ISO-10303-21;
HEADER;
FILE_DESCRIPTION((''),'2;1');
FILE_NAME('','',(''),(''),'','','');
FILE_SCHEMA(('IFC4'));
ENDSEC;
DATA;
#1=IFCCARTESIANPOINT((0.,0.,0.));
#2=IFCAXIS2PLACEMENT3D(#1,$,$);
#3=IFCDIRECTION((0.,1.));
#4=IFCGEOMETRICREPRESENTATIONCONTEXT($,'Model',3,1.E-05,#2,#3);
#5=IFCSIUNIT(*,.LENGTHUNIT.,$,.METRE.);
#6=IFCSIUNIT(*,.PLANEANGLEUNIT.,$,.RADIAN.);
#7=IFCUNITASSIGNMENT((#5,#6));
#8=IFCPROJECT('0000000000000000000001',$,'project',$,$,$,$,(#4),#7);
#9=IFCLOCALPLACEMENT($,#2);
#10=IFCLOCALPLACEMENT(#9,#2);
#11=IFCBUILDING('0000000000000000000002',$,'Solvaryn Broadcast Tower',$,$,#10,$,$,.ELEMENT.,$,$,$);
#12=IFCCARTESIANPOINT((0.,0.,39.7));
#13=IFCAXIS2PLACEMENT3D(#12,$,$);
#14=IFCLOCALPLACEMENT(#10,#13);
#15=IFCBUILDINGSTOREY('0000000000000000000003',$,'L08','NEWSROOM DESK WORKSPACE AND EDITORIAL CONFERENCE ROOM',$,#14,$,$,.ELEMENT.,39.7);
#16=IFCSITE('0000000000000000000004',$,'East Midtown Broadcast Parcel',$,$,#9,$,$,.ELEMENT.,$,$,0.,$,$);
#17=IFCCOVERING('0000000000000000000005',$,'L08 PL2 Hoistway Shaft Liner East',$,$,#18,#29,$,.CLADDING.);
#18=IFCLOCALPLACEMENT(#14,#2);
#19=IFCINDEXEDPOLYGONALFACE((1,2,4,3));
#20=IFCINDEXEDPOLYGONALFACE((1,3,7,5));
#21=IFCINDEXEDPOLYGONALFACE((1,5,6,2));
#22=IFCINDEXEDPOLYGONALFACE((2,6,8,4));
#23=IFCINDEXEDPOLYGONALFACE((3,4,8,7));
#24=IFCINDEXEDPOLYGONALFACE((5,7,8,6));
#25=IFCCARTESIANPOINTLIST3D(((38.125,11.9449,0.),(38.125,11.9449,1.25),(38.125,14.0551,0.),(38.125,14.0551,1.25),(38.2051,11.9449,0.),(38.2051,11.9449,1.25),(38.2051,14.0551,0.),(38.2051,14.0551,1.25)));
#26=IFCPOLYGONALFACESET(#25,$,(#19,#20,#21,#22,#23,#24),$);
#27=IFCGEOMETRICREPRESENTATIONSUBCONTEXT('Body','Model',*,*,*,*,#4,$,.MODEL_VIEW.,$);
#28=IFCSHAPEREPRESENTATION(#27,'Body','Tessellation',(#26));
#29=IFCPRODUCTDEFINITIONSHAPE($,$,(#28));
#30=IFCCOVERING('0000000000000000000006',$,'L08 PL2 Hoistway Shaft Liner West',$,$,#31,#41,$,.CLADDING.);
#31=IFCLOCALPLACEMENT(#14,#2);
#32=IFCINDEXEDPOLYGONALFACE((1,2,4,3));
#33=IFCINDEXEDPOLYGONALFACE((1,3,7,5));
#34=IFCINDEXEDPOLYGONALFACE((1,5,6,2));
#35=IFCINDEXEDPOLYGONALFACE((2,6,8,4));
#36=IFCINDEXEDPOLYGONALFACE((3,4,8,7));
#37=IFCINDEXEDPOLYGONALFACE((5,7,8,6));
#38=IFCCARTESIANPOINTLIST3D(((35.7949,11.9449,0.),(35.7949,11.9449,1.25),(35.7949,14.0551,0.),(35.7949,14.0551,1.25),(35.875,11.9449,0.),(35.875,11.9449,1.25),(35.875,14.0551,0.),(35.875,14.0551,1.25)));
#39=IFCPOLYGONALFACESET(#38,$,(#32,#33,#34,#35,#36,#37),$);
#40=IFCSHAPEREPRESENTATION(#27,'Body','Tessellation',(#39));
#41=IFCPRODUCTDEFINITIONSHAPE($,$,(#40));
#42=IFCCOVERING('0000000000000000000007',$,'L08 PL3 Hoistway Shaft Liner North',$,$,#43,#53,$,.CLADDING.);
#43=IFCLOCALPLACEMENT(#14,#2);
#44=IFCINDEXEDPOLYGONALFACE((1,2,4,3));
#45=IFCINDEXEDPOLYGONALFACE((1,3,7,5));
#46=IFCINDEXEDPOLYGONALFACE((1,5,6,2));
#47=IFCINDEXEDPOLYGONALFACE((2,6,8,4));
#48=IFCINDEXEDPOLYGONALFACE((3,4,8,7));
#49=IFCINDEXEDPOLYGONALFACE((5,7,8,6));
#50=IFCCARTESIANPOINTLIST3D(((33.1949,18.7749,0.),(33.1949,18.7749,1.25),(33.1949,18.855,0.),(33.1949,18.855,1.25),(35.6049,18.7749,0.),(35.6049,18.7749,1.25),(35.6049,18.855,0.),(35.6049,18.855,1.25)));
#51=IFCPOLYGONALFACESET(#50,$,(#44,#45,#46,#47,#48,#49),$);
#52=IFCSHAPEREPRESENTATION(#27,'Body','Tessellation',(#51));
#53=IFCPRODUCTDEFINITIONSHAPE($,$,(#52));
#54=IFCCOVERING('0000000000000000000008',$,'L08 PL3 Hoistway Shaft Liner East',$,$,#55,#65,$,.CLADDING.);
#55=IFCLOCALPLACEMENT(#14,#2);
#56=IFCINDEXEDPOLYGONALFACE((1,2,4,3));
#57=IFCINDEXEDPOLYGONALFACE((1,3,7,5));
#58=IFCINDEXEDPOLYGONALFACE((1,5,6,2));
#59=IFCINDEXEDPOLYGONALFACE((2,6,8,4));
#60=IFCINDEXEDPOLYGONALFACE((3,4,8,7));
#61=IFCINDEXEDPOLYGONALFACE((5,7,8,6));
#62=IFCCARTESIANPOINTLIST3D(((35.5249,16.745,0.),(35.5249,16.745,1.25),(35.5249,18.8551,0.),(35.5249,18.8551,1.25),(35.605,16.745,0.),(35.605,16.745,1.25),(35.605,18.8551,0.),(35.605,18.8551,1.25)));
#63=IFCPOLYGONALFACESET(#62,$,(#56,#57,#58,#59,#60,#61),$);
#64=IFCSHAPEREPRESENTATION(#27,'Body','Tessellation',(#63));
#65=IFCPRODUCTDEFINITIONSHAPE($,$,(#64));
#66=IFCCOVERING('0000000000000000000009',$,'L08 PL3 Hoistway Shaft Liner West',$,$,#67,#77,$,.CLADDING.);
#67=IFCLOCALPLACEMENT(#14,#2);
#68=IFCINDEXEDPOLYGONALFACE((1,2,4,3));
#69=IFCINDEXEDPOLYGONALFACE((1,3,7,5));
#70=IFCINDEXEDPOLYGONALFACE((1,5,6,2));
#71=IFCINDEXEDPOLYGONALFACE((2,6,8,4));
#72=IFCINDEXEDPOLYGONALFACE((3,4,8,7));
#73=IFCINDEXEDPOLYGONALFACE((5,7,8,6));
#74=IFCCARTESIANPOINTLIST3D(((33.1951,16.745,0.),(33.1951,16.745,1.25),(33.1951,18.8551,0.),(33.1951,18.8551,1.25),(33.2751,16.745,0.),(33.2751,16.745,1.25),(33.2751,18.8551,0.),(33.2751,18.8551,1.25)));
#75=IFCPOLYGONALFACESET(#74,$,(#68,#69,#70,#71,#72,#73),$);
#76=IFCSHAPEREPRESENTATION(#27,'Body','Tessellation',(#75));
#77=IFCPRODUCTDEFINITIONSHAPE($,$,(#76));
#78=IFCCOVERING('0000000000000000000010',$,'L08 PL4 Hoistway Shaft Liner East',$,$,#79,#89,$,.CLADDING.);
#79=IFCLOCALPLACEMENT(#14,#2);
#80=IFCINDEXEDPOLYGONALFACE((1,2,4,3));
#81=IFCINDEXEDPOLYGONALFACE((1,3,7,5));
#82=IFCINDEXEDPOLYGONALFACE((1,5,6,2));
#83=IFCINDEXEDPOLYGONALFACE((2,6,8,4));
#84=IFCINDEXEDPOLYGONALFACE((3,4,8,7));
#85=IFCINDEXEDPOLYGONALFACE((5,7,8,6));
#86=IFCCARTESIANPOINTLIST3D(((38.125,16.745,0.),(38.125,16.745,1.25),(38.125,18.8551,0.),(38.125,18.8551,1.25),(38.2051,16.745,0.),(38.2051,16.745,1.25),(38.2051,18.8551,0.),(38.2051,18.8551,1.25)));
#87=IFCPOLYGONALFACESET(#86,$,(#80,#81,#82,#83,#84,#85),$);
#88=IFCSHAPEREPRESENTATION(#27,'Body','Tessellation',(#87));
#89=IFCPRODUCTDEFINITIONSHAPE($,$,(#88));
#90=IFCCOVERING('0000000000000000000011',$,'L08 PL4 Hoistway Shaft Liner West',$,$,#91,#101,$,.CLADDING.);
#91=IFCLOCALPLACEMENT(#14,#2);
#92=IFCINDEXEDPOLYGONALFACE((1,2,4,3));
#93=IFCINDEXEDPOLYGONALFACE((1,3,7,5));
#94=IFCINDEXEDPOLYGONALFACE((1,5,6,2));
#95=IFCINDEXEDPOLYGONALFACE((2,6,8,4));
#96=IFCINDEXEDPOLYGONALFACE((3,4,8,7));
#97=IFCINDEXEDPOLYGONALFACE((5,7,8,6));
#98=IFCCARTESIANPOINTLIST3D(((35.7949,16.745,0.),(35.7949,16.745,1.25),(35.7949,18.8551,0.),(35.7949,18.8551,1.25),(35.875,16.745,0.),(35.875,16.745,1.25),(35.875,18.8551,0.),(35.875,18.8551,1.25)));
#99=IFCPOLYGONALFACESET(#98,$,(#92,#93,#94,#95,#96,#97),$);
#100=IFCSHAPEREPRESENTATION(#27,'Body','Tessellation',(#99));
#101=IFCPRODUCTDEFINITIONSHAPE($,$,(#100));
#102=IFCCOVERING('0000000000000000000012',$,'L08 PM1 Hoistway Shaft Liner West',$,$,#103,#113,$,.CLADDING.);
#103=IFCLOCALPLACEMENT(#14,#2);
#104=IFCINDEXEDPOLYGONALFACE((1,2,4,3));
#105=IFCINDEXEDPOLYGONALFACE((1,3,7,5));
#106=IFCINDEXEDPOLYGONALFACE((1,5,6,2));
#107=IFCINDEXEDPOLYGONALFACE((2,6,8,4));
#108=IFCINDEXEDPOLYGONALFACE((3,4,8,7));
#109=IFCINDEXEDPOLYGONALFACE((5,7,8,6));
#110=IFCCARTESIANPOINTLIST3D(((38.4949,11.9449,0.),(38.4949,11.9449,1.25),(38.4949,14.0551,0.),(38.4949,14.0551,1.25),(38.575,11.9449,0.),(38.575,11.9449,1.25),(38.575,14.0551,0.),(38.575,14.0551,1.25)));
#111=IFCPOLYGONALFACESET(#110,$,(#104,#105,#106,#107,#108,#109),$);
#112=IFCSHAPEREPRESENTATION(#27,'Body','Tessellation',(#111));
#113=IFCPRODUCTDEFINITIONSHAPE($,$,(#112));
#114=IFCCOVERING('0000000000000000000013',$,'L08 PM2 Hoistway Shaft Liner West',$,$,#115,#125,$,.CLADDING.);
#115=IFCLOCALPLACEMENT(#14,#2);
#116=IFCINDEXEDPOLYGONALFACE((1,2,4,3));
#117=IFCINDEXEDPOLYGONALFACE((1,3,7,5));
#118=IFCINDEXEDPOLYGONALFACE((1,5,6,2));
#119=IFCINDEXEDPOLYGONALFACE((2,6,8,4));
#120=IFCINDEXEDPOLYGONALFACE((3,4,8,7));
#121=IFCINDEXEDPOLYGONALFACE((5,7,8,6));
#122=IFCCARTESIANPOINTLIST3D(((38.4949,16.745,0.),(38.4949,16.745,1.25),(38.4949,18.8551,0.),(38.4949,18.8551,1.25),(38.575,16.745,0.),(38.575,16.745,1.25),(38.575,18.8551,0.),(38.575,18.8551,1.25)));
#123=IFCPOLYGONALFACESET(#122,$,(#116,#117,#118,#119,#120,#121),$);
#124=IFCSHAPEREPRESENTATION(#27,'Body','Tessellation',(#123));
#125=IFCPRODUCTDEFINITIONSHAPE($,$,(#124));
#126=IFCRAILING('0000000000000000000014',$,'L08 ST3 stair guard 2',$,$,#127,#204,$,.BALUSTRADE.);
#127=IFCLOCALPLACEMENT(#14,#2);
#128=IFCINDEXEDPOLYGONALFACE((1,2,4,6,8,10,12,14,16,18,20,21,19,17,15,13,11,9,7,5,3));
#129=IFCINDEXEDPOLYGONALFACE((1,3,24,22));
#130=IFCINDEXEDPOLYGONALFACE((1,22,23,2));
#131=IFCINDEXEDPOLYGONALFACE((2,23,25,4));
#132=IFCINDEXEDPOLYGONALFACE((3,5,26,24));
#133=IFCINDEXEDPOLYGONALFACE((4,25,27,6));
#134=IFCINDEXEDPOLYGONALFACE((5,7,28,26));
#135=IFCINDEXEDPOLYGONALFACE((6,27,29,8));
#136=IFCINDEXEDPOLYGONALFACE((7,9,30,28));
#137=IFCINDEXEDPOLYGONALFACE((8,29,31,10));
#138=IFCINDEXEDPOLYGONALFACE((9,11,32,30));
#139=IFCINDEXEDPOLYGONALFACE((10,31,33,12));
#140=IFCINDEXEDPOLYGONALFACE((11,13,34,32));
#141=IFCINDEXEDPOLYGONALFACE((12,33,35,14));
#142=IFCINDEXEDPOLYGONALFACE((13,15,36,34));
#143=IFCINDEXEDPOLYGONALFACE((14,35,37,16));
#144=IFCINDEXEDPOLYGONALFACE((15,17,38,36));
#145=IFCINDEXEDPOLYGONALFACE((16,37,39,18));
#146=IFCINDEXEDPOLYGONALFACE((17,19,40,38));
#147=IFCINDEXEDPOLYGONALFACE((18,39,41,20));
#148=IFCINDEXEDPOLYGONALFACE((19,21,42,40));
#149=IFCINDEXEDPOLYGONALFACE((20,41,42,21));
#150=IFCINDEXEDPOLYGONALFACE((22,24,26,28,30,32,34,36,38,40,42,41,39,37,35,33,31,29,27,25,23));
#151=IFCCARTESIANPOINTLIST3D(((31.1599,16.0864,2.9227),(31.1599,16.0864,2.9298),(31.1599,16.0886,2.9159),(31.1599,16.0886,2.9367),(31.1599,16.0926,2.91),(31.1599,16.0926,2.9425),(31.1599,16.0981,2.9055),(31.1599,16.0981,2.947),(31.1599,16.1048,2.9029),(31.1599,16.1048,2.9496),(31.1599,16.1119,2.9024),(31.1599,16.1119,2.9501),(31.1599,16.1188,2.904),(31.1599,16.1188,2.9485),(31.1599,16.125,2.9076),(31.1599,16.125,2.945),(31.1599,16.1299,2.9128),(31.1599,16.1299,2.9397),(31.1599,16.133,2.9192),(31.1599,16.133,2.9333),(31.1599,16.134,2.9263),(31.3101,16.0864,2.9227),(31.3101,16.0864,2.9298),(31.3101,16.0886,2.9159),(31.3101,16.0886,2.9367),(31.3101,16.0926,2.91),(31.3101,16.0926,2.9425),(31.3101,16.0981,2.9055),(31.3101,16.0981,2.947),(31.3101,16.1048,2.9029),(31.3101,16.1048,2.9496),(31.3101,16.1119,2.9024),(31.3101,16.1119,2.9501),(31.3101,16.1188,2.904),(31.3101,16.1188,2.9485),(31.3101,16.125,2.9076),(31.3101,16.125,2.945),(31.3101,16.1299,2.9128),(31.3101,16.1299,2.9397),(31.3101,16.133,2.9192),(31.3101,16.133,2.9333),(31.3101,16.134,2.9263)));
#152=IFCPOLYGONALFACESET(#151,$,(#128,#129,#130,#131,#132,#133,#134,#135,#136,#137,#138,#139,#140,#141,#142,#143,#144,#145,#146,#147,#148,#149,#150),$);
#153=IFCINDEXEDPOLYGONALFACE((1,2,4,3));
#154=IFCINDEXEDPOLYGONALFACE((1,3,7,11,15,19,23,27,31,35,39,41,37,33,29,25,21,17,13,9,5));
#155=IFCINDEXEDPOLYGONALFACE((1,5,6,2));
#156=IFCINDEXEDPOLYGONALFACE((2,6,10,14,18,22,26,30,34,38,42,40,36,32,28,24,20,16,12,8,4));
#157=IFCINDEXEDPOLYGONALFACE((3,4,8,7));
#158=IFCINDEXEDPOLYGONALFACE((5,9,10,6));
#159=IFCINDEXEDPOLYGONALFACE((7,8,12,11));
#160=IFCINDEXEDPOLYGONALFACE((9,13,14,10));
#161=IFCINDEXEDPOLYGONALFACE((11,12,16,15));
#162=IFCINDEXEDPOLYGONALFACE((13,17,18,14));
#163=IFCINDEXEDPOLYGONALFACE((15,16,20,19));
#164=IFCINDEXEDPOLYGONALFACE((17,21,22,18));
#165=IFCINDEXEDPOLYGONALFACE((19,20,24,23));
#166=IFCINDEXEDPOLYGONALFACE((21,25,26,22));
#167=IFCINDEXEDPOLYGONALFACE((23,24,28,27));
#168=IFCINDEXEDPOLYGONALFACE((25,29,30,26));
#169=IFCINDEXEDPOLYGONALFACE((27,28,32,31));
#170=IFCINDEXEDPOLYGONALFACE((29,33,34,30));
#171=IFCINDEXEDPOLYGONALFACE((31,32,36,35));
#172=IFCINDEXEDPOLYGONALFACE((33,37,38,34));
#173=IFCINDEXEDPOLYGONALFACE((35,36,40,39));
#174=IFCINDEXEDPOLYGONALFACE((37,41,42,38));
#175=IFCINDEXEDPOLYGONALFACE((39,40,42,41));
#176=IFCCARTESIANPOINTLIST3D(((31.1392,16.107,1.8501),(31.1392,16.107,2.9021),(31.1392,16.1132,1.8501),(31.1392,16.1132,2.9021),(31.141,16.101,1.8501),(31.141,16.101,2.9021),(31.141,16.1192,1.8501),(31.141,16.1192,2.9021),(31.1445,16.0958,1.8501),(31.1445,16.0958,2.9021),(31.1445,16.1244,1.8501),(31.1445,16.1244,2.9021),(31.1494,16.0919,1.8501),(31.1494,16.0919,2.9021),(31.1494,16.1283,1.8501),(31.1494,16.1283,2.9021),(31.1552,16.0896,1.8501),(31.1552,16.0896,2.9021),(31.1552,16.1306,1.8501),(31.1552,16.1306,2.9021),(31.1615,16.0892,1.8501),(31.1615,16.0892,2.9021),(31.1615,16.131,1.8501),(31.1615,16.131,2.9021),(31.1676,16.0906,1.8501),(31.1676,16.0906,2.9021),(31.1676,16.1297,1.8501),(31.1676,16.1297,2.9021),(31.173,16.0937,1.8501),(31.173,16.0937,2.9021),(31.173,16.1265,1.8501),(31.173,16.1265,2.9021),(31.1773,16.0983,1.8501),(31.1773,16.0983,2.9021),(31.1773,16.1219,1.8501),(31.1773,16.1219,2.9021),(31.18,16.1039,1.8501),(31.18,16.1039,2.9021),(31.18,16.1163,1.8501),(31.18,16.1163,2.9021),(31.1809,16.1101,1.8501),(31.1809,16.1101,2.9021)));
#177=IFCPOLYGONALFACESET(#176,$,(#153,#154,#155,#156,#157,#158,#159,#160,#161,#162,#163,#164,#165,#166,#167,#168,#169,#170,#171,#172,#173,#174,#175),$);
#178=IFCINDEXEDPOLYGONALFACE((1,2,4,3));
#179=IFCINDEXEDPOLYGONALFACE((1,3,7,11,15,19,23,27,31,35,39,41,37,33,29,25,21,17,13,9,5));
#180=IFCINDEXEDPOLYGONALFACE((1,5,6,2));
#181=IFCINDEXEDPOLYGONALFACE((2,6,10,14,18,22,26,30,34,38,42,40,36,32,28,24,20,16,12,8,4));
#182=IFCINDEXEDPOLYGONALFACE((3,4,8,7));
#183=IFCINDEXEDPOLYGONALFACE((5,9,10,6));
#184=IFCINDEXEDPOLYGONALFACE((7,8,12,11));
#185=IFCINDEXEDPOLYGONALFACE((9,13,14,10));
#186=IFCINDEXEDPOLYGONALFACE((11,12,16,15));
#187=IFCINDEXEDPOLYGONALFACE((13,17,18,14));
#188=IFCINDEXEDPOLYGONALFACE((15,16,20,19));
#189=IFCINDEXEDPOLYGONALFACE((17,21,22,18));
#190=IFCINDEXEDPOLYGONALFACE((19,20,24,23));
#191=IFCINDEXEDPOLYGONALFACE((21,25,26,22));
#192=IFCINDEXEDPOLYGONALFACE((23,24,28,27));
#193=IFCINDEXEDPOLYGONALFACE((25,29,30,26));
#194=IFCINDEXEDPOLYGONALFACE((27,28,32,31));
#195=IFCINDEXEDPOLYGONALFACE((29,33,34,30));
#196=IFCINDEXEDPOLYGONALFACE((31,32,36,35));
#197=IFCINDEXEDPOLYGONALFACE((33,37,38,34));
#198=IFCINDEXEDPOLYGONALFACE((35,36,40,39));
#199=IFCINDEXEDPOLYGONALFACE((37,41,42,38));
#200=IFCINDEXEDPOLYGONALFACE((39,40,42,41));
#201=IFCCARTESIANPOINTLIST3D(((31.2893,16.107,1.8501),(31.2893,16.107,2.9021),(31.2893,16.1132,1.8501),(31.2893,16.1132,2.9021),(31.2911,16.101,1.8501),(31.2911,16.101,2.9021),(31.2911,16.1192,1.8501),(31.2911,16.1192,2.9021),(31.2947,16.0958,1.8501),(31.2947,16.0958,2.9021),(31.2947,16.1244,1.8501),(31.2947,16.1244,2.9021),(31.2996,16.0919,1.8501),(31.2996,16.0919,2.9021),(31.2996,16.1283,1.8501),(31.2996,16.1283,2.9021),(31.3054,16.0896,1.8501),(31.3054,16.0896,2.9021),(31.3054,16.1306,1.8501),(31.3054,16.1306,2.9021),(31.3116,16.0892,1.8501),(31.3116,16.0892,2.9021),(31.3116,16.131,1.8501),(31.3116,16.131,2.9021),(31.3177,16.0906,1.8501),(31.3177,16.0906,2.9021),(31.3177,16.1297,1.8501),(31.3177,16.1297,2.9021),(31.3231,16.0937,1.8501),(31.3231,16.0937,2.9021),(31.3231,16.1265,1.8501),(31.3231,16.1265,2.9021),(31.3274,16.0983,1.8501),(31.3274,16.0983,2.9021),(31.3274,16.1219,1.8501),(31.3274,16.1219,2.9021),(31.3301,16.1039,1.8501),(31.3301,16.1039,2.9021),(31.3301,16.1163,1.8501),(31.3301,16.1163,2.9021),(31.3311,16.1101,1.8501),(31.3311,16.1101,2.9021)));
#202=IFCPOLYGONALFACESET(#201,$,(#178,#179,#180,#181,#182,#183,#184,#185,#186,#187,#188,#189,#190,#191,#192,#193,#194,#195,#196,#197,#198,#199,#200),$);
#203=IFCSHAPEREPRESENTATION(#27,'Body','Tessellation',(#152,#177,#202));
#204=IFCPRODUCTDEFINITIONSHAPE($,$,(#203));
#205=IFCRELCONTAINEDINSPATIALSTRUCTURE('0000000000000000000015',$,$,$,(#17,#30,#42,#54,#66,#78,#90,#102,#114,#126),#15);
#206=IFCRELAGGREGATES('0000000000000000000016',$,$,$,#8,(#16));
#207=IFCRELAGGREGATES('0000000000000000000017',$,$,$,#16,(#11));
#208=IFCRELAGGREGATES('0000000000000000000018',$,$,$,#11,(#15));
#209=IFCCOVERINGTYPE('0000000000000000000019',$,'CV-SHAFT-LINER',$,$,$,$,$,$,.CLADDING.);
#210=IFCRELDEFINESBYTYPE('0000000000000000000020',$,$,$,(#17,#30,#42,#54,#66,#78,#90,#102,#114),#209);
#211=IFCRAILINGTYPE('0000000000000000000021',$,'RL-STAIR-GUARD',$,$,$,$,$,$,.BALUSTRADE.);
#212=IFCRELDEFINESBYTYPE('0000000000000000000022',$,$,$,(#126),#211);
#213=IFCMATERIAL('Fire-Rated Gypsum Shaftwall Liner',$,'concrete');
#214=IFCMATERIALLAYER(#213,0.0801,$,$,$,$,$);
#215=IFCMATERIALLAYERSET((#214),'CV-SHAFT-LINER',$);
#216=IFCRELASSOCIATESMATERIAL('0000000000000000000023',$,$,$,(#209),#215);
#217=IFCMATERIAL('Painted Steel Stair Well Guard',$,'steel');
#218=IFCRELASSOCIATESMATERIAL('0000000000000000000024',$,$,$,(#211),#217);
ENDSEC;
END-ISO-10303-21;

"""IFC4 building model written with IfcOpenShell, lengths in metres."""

from ifc_helpers import new_model, si_unit, direction, frame, origin, origin_2d, place, context, subcontext, project, spatial, rectangle, circle, extrude, material, layer, layer_set, type_object, element, save


model = new_model("IFC4")

# Units and contexts
model_context = context("Model", 3, precision=1e-05, world=origin(), true_north=direction((0.0, 1.0)))
body_context = subcontext(model_context, "Body", "Model", "MODEL_VIEW")
ifc_project = project(units=[si_unit("LENGTHUNIT", "METRE"), si_unit("PLANEANGLEUNIT", "RADIAN")], contexts=[model_context])

# Site, building, storey
site_placement = place(None, origin())
site = spatial("IfcSite", under=ifc_project, at=site_placement, Name="East Midtown Broadcast Parcel", CompositionType="ELEMENT", RefElevation=0.0)
building_placement = place(site_placement, origin())
building = spatial("IfcBuilding", under=site, at=building_placement, Name="Solvaryn Broadcast Tower", CompositionType="ELEMENT")
storey_placement = place(building_placement, frame((0.0, 0.0, 39.7)))
storey = spatial("IfcBuildingStorey", under=building, at=storey_placement, Name="L08", Description="NEWSROOM DESK WORKSPACE AND EDITORIAL CONFERENCE ROOM", CompositionType="ELEMENT", Elevation=39.7)

# Coverings
ifc_material_1 = material(Name="Fire-Rated Gypsum Shaftwall Liner", Category="concrete")
ifc_layer_1 = layer(ifc_material_1, 0.0801)
ifc_layer_set_1 = layer_set([ifc_layer_1], Name="CV-SHAFT-LINER")
covering_type = type_object("IfcCoveringType", Name="CV-SHAFT-LINER", PredefinedType="CLADDING", material=ifc_layer_set_1)
for number, where, z_axis, x_axis, name in (
    (1, (38.165, 13.0, 0.0), (0.0, 0.0, 1.0), (1.0, 0.0, 0.0), "L08 PL2 Hoistway Shaft Liner East"),
    (2, (35.835, 13.0, 0.0), (0.0, 0.0, 1.0), (1.0, 0.0, 0.0), "L08 PL2 Hoistway Shaft Liner West"),
):
    element("IfcCovering", number, at=place(storey_placement, frame(where, z_axis=z_axis, x_axis=x_axis)), inside=storey, type_object=covering_type, Name=name, PredefinedType="CLADDING", context=body_context, shape_type="SweptSolid", body=[
        extrude(rectangle(XDim=0.0801, YDim=2.1101, at=origin_2d()), origin(), (0.0, 0.0, 1.0), 1.25),
    ])
covering_1_placement = place(storey_placement, frame((34.3999, 18.8149, 0.0), z_axis=(0.0, 0.0, 1.0), x_axis=(1.0, 0.0, 0.0)))
element("IfcCovering", 3, at=covering_1_placement, inside=storey, type_object=covering_type, Name="L08 PL3 Hoistway Shaft Liner North", PredefinedType="CLADDING", context=body_context, shape_type="SweptSolid", body=[
    extrude(rectangle(XDim=2.4099, YDim=0.0801, at=origin_2d()), origin(), (0.0, 0.0, 1.0), 1.25),
])
for number, where, z_axis, x_axis, name in (
    (4, (35.5649, 17.8, 0.0), (0.0, 0.0, 1.0), (1.0, 0.0, 0.0), "L08 PL3 Hoistway Shaft Liner East"),
    (5, (33.2351, 17.8, 0.0), (0.0, 0.0, 1.0), (1.0, 0.0, 0.0), "L08 PL3 Hoistway Shaft Liner West"),
    (6, (38.165, 17.8, 0.0), (0.0, 0.0, 1.0), (1.0, 0.0, 0.0), "L08 PL4 Hoistway Shaft Liner East"),
    (7, (35.835, 17.8, 0.0), (0.0, 0.0, 1.0), (1.0, 0.0, 0.0), "L08 PL4 Hoistway Shaft Liner West"),
    (8, (38.5349, 13.0, 0.0), (0.0, 0.0, 1.0), (1.0, 0.0, 0.0), "L08 PM1 Hoistway Shaft Liner West"),
    (9, (38.5349, 17.8, 0.0), (0.0, 0.0, 1.0), (1.0, 0.0, 0.0), "L08 PM2 Hoistway Shaft Liner West"),
):
    element("IfcCovering", number, at=place(storey_placement, frame(where, z_axis=z_axis, x_axis=x_axis)), inside=storey, type_object=covering_type, Name=name, PredefinedType="CLADDING", context=body_context, shape_type="SweptSolid", body=[
        extrude(rectangle(XDim=0.0801, YDim=2.1101, at=origin_2d()), origin(), (0.0, 0.0, 1.0), 1.25),
    ])

# Railing
ifc_material_2 = material(Name="Painted Steel Stair Well Guard", Category="steel")
railing_type_1 = type_object("IfcRailingType", Name="RL-STAIR-GUARD", PredefinedType="BALUSTRADE", material=ifc_material_2)
railing_1_placement = place(storey_placement, frame((31.1599, 16.1101, 1.8501)))
element("IfcRailing", 10, at=railing_1_placement, inside=storey, type_object=railing_type_1, Name="L08 ST3 stair guard 2", PredefinedType="BALUSTRADE", context=body_context, shape_type="SweptSolid", body=[
    extrude(circle(Radius=0.0239, at=origin_2d()), frame((0.0, 0.0, 1.0762), z_axis=(1.0, 0.0, 0.0), x_axis=(0.0, 1.0, 0.0)), (0.0, 0.0, 1.0), 0.1501),
    extrude(circle(Radius=0.021, at=origin_2d()), origin(), (0.0, 0.0, 1.0), 1.052),
    extrude(circle(Radius=0.021, at=origin_2d()), frame((0.1501, 0.0, 0.0)), (0.0, 0.0, 1.0), 1.052),
])

save(model, "model.ifc")
